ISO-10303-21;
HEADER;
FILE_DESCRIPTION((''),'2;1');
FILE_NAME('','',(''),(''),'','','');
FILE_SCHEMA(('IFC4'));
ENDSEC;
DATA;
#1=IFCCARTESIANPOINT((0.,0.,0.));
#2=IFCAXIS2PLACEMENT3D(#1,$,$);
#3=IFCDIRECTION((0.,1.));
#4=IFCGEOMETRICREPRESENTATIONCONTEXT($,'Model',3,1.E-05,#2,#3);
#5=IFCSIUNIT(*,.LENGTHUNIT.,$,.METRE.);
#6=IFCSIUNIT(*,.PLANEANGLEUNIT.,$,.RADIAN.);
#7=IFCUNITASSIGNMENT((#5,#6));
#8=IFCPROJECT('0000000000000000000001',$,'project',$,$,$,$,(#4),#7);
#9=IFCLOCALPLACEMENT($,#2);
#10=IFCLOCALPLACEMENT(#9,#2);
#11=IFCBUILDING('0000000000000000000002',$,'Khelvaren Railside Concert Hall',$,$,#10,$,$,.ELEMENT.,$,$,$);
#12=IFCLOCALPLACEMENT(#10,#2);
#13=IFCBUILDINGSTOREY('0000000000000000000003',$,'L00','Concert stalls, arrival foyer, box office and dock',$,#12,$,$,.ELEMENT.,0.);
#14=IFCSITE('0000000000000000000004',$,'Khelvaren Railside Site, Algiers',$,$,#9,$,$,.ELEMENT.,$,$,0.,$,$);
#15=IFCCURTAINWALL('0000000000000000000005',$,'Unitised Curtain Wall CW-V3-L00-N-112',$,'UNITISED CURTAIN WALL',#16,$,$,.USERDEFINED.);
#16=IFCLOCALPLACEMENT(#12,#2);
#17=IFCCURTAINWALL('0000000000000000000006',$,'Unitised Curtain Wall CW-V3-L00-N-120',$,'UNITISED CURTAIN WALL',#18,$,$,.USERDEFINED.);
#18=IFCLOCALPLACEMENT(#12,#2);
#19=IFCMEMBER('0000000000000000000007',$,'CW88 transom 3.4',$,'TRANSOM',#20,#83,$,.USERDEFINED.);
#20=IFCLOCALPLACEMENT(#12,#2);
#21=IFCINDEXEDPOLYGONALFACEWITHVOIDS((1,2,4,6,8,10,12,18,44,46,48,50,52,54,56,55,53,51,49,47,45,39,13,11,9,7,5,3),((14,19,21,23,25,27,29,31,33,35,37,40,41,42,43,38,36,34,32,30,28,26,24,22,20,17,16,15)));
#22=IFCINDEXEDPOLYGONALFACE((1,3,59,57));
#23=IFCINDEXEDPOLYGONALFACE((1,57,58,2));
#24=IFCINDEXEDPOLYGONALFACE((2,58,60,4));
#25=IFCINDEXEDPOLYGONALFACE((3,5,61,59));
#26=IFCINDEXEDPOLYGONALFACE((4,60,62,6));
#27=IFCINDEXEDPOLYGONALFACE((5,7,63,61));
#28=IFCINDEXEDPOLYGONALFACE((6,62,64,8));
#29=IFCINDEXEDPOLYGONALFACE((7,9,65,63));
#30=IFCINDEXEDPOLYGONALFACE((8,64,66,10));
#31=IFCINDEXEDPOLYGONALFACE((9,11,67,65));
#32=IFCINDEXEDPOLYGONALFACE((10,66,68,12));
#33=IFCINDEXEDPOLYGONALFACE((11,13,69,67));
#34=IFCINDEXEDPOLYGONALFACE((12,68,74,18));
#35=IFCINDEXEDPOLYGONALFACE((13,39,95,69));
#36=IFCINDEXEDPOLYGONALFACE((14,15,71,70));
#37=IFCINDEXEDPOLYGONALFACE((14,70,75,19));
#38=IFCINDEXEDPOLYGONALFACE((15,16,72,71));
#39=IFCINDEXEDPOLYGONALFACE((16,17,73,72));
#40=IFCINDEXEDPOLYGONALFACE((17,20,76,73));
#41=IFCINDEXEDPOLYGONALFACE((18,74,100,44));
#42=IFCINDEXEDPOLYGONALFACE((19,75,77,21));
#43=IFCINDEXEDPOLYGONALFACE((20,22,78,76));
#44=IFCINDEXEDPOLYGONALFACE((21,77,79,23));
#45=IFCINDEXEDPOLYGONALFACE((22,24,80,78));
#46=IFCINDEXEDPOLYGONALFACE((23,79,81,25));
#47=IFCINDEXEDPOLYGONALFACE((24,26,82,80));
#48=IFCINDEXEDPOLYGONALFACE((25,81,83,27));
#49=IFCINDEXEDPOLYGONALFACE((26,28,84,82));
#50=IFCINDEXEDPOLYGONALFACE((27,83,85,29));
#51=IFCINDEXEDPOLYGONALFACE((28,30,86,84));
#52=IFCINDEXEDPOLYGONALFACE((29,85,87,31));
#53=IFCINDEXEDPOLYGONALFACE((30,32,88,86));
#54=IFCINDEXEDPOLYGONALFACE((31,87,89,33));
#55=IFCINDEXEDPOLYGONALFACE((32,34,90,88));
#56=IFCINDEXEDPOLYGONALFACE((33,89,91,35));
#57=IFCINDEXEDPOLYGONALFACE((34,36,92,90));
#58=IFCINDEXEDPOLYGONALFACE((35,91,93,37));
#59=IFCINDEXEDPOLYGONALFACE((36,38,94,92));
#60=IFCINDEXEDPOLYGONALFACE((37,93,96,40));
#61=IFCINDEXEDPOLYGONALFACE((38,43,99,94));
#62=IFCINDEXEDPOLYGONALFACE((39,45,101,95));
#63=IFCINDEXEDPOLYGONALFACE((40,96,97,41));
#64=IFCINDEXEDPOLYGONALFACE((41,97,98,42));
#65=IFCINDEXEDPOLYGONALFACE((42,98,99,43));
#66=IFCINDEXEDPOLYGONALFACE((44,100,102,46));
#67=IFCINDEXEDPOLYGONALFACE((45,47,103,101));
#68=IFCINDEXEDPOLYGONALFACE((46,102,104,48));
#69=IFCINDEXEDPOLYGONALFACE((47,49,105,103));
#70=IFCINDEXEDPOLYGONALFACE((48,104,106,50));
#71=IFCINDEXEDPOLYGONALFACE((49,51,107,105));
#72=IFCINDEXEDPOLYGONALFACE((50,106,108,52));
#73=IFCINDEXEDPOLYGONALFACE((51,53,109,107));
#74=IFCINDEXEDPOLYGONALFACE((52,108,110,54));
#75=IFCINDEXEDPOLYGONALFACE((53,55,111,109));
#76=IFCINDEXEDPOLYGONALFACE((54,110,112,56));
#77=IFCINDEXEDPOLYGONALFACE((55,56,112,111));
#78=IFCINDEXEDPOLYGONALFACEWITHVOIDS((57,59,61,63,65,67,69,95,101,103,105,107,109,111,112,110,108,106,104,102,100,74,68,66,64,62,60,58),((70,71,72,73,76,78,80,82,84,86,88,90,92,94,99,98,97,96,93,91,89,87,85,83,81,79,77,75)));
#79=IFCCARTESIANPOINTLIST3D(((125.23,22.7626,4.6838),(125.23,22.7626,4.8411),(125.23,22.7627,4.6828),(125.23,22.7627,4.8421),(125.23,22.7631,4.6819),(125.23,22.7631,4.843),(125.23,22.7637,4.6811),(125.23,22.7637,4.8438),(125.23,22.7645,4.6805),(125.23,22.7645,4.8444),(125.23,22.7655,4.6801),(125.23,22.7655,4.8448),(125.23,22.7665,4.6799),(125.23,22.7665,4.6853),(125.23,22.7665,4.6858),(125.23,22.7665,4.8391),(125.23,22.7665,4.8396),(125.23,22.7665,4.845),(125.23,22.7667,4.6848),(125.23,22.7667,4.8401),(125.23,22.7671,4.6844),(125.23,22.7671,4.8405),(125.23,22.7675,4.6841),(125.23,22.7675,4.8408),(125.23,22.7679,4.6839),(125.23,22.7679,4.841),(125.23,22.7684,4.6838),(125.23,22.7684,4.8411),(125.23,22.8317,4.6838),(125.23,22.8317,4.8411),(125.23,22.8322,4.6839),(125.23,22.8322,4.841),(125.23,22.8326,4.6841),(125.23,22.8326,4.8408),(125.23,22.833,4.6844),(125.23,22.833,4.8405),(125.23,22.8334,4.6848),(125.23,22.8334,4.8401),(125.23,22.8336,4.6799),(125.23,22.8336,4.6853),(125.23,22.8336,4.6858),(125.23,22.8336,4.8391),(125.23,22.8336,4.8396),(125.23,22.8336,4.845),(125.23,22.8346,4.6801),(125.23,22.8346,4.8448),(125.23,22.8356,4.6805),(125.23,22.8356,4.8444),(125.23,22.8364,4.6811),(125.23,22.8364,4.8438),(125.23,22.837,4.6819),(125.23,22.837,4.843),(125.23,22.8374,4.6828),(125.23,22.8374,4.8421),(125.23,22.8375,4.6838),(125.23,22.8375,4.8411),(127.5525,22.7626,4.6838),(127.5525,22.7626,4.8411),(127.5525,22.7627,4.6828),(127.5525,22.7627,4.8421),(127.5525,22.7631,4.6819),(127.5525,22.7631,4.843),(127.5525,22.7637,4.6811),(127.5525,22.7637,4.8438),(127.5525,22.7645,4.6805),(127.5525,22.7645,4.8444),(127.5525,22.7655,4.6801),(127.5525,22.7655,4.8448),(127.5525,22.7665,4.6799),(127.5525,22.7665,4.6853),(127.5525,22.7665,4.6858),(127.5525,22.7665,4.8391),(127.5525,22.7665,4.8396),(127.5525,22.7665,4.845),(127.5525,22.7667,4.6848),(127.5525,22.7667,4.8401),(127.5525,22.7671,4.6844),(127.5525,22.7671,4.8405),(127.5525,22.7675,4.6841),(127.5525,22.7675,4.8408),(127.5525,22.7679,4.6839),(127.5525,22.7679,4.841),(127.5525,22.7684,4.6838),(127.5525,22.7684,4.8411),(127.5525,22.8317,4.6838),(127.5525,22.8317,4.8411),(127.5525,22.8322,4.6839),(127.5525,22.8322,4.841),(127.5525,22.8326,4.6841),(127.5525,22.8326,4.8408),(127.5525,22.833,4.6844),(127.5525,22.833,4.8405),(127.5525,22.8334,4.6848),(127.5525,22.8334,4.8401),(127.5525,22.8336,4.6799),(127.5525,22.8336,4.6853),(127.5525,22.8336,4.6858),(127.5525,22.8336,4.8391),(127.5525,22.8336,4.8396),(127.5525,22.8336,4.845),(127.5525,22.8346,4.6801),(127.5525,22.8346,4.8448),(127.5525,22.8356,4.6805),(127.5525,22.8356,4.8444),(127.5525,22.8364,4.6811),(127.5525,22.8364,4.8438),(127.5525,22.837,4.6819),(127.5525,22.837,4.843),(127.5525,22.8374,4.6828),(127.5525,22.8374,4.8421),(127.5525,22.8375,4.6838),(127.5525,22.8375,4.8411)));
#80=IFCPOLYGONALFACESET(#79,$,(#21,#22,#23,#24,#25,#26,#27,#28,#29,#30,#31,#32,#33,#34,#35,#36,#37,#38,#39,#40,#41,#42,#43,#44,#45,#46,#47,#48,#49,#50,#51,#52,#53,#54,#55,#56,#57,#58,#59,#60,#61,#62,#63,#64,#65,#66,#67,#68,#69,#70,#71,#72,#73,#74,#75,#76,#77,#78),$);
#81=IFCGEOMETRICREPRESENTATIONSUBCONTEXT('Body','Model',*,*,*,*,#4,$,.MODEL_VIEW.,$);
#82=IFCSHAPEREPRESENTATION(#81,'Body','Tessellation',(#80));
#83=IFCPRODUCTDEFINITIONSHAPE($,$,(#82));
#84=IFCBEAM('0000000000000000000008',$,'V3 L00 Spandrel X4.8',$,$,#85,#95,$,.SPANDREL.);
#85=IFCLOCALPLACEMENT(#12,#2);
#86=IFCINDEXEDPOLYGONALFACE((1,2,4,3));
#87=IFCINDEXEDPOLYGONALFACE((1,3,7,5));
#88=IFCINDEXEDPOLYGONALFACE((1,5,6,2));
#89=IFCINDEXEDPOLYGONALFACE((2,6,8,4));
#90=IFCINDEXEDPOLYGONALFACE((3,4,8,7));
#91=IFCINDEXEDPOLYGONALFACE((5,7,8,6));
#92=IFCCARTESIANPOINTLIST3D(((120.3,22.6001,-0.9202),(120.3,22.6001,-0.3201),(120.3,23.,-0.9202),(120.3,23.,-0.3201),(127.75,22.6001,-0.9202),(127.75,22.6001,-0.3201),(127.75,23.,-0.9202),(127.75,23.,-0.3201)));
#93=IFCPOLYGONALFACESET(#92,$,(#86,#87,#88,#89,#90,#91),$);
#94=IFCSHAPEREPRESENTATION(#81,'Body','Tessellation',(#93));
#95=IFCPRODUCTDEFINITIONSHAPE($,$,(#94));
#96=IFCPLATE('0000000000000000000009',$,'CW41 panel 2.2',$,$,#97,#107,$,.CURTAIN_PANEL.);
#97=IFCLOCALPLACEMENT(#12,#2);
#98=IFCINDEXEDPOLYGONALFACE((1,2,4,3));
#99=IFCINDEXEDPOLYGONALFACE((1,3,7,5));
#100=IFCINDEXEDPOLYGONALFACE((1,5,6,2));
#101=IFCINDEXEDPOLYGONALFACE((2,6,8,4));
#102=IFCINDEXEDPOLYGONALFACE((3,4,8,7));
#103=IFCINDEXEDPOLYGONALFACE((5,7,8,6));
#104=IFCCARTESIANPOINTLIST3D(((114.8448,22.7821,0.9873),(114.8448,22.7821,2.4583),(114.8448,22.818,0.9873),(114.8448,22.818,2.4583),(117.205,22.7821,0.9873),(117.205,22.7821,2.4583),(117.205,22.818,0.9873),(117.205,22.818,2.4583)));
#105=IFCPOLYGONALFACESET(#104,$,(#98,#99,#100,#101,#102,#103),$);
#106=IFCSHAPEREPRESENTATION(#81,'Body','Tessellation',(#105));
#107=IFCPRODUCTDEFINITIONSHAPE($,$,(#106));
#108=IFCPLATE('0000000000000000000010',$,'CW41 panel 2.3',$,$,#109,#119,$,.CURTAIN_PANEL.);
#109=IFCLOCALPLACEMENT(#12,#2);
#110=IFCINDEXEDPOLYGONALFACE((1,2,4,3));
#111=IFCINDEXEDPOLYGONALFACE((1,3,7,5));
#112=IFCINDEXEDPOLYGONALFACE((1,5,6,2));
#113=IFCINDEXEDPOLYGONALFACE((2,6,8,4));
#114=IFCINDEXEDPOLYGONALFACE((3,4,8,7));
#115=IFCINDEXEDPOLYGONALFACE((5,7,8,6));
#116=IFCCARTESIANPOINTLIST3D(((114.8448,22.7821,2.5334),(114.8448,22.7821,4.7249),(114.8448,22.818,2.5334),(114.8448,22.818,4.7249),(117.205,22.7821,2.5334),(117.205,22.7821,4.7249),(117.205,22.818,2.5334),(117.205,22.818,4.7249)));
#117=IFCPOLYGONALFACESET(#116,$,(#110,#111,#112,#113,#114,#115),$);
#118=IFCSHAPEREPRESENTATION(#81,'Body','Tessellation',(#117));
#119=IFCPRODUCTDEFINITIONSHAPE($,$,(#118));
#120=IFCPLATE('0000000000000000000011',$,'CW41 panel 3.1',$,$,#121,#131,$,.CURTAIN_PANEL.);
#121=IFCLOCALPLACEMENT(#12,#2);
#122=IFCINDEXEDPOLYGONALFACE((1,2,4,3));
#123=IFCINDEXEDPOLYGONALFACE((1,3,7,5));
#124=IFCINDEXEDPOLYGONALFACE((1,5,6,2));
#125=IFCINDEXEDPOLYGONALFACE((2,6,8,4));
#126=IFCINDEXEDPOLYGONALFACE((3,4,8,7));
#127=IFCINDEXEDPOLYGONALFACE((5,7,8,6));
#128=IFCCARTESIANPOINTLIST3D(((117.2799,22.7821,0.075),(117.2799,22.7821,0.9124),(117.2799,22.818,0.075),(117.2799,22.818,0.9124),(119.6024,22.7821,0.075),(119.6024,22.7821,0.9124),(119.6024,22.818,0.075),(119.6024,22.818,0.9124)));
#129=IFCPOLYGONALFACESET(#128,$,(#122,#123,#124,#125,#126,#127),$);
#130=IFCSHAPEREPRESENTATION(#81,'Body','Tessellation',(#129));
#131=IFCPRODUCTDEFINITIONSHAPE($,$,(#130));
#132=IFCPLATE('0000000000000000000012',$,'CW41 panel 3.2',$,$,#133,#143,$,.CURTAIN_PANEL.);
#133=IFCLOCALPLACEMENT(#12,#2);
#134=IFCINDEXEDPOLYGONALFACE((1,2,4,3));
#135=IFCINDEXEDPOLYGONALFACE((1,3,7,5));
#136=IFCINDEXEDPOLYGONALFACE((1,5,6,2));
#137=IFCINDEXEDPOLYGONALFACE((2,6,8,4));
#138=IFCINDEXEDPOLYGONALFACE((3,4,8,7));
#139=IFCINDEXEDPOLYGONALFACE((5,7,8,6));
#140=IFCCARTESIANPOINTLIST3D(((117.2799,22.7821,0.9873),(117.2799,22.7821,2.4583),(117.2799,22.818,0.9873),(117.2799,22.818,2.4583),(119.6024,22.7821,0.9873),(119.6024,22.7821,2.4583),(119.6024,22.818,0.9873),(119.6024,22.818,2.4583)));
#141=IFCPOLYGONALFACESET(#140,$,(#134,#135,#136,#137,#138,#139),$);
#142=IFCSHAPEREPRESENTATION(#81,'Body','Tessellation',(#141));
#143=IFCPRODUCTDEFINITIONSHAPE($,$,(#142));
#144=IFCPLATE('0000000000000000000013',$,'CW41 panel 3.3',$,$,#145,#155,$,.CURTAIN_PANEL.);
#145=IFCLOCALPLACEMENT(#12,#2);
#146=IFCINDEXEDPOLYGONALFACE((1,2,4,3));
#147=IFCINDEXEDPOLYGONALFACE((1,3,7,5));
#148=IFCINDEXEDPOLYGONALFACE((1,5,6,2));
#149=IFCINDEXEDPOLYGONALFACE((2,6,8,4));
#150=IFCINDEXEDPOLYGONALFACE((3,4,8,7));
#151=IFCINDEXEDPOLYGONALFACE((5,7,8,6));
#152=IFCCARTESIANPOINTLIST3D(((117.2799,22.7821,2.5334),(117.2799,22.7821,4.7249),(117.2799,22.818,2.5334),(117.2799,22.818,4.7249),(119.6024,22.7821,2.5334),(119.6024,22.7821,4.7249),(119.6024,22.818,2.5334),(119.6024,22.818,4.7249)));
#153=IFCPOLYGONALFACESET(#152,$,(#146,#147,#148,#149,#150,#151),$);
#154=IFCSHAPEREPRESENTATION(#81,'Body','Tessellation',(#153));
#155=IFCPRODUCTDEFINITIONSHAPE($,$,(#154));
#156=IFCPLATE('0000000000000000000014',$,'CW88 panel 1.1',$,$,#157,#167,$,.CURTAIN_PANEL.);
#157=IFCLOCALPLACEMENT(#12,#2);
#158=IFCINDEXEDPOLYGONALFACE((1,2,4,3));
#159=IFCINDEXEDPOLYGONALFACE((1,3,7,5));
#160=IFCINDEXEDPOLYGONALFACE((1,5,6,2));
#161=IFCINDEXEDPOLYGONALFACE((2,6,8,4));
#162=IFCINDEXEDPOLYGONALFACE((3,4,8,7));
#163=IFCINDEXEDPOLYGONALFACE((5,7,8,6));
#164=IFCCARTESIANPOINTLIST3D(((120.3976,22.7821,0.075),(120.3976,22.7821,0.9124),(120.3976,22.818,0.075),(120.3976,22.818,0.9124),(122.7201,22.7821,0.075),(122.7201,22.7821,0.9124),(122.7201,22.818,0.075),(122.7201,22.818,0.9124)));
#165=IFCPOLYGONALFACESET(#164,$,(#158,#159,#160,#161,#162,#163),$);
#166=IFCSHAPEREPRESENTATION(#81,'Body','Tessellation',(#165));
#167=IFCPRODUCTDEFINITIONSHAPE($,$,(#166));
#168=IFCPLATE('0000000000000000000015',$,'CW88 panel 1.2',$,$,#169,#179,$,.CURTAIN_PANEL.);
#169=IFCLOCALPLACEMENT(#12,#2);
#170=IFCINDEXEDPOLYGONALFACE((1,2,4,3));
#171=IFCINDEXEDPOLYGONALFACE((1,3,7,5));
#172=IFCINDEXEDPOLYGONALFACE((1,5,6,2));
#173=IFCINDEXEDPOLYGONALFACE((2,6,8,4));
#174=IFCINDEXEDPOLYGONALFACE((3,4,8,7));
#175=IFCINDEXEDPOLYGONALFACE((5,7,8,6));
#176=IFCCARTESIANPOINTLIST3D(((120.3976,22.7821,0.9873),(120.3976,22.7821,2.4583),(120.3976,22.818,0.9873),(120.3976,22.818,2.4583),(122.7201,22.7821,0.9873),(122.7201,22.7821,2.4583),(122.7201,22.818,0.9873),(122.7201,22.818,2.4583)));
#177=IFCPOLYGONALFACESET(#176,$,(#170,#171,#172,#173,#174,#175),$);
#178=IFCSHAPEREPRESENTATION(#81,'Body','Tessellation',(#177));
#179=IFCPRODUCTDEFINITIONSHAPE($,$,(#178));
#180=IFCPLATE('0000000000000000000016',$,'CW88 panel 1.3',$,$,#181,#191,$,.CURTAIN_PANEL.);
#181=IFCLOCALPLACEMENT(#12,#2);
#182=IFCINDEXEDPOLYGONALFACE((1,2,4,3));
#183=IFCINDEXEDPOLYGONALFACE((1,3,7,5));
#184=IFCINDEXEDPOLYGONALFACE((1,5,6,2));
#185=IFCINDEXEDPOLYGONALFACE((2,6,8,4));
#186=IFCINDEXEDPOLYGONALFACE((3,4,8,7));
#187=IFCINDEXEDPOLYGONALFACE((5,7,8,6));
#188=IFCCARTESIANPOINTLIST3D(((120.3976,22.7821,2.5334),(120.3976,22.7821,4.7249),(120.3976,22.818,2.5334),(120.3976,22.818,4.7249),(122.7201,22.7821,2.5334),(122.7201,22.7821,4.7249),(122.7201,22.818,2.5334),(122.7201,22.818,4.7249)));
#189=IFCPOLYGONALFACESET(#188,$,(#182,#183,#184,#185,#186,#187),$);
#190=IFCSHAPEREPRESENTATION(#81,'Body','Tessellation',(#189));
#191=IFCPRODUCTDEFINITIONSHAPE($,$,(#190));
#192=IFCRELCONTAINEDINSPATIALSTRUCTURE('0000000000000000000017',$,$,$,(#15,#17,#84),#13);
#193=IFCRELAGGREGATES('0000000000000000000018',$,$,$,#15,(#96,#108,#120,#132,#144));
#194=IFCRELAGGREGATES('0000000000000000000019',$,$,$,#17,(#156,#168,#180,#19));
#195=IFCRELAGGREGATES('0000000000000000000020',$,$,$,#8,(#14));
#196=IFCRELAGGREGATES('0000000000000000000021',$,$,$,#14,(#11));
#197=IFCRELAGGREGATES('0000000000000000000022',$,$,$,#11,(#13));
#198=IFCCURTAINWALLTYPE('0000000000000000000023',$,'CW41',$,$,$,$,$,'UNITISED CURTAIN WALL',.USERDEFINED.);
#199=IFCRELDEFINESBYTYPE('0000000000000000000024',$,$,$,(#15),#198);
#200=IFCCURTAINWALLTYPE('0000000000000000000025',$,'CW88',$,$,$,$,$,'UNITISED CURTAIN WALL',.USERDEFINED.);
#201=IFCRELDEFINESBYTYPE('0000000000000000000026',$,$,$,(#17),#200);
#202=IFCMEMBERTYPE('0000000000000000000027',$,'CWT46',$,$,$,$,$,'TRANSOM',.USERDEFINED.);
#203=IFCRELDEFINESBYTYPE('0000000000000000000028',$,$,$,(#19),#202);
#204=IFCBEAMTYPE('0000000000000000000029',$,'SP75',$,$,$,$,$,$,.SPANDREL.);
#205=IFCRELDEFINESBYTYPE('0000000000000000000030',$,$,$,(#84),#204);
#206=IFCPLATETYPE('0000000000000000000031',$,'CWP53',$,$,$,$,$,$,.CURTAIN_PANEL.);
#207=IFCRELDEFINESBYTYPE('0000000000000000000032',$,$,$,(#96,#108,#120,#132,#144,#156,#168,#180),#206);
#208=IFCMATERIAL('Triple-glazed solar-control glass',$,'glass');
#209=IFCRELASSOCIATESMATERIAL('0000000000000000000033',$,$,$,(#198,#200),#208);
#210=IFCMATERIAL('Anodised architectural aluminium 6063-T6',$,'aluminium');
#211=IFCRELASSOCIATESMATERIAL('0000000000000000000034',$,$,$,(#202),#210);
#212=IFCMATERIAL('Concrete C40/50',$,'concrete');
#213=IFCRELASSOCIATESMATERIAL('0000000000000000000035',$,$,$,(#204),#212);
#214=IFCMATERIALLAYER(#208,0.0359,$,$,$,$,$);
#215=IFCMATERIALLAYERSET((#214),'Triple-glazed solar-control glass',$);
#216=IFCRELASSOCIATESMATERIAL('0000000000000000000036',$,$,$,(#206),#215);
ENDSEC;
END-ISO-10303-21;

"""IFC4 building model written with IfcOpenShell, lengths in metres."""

from ifc_helpers import new_model, si_unit, direction, frame, origin, origin_2d, place, context, subcontext, project, spatial, rectangle, hollow_rectangle, extrude, material, layer, layer_set, material_profile, profile_set, type_object, element, aggregate, save


model = new_model("IFC4")

# Units and contexts
model_context = context("Model", 3, precision=1e-05, world=origin(), true_north=direction((0.0, 1.0)))
body_context = subcontext(model_context, "Body", "Model", "MODEL_VIEW")
ifc_project = project(units=[si_unit("LENGTHUNIT", "METRE"), si_unit("PLANEANGLEUNIT", "RADIAN")], contexts=[model_context])

# Site, building, storey
site_placement = place(None, origin())
site = spatial("IfcSite", under=ifc_project, at=site_placement, Name="Khelvaren Railside Site, Algiers", CompositionType="ELEMENT", RefElevation=0.0)
building_placement = place(site_placement, origin())
building = spatial("IfcBuilding", under=site, at=building_placement, Name="Khelvaren Railside Concert Hall", CompositionType="ELEMENT")
storey_placement = place(building_placement, origin())
storey = spatial("IfcBuildingStorey", under=building, at=storey_placement, Name="L00", Description="Concert stalls, arrival foyer, box office and dock", CompositionType="ELEMENT", Elevation=0.0)

# Curtain walls
ifc_material_1 = material(Name="Triple-glazed solar-control glass", Category="glass")
curtain_wall_type_1 = type_object("IfcCurtainWallType", Name="CW41", ElementType="UNITISED CURTAIN WALL", PredefinedType="USERDEFINED", material=ifc_material_1)
curtain_wall_1_placement = place(storey_placement, origin())
curtain_wall_1 = element("IfcCurtainWall", 1, at=curtain_wall_1_placement, inside=storey, type_object=curtain_wall_type_1, Name="Unitised Curtain Wall CW-V3-L00-N-112", ObjectType="UNITISED CURTAIN WALL", PredefinedType="USERDEFINED")
ifc_material_2 = material(Name="Anodised architectural aluminium 6063-T6", Category="aluminium")
curtain_wall_type_2 = type_object("IfcCurtainWallType", Name="CW88", ElementType="UNITISED CURTAIN WALL", PredefinedType="USERDEFINED", material=ifc_material_1)
curtain_wall_2_placement = place(storey_placement, origin())
curtain_wall_2 = element("IfcCurtainWall", 2, at=curtain_wall_2_placement, inside=storey, type_object=curtain_wall_type_2, Name="Unitised Curtain Wall CW-V3-L00-N-120", ObjectType="UNITISED CURTAIN WALL", PredefinedType="USERDEFINED")

# Member
ifc_material_profile_1 = material_profile(ifc_material_2, hollow_rectangle(XDim=0.075, YDim=0.165, WallThickness=0.0039, InnerFilletRadius=0.002, OuterFilletRadius=0.0039, at=origin_2d()), Name="CWT 75x165x4")
ifc_profile_set_1 = profile_set([ifc_material_profile_1], Name="Anodised architectural aluminium 6063-T6")
member_type_1 = type_object("IfcMemberType", Name="CWT46", ElementType="TRANSOM", PredefinedType="USERDEFINED", material=ifc_profile_set_1)
member_1_placement = place(storey_placement, frame((125.23, 22.8, 4.7625), z_axis=(1.0, 0.0, 0.0), x_axis=(0.0, 1.0, 0.0)))
member_1 = element("IfcMember", 3, at=member_1_placement, type_object=member_type_1, Name="CW88 transom 3.4", ObjectType="TRANSOM", PredefinedType="USERDEFINED", context=body_context, shape_type="SweptSolid", body=[
    extrude(hollow_rectangle(XDim=0.075, YDim=0.165, WallThickness=0.0039, InnerFilletRadius=0.002, OuterFilletRadius=0.0039, at=origin_2d()), origin(), (0.0, 0.0, 1.0), 2.3225),
])

# Beam
ifc_material_3 = material(Name="Concrete C40/50", Category="concrete")
ifc_material_profile_2 = material_profile(ifc_material_3, rectangle(XDim=0.3999, YDim=0.6001, at=origin_2d()), Name="RCB 400x600")
ifc_profile_set_2 = profile_set([ifc_material_profile_2], Name="Concrete C40/50")
beam_type = type_object("IfcBeamType", Name="SP75", PredefinedType="SPANDREL", material=ifc_profile_set_2)
beam_placement = place(storey_placement, frame((120.3, 22.8, -0.6201), z_axis=(1.0, 0.0, 0.0), x_axis=(0.0, 1.0, 0.0)))
element("IfcBeam", 4, at=beam_placement, inside=storey, type_object=beam_type, Name="V3 L00 Spandrel X4.8", PredefinedType="SPANDREL", context=body_context, shape_type="SweptSolid", body=[
    extrude(rectangle(XDim=0.3999, YDim=0.6001, at=origin_2d()), origin(), (0.0, 0.0, 1.0), 7.45),
])

# Plates
ifc_layer = layer(ifc_material_1, 0.0359)
ifc_layer_set = layer_set([ifc_layer], Name="Triple-glazed solar-control glass")
plate_type = type_object("IfcPlateType", Name="CWP53", PredefinedType="CURTAIN_PANEL", material=ifc_layer_set)
plate_1_placement = place(storey_placement, frame((116.0249, 22.8, 0.9873), z_axis=(0.0, 0.0, 1.0), x_axis=(1.0, 0.0, 0.0)))
plate_1 = element("IfcPlate", 5, at=plate_1_placement, type_object=plate_type, Name="CW41 panel 2.2", PredefinedType="CURTAIN_PANEL", context=body_context, shape_type="SweptSolid", body=[
    extrude(rectangle(XDim=2.3601, YDim=0.0359, at=origin_2d()), origin(), (0.0, 0.0, 1.0), 1.4709),
])
plate_2_placement = place(storey_placement, frame((116.0249, 22.8, 2.5334), z_axis=(0.0, 0.0, 1.0), x_axis=(1.0, 0.0, 0.0)))
plate_2 = element("IfcPlate", 6, at=plate_2_placement, type_object=plate_type, Name="CW41 panel 2.3", PredefinedType="CURTAIN_PANEL", context=body_context, shape_type="SweptSolid", body=[
    extrude(rectangle(XDim=2.3601, YDim=0.0359, at=origin_2d()), origin(), (0.0, 0.0, 1.0), 2.1914),
])
plate_3_placement = place(storey_placement, frame((118.4412, 22.8, 0.075), z_axis=(0.0, 0.0, 1.0), x_axis=(1.0, 0.0, 0.0)))
plate_3 = element("IfcPlate", 7, at=plate_3_placement, type_object=plate_type, Name="CW41 panel 3.1", PredefinedType="CURTAIN_PANEL", context=body_context, shape_type="SweptSolid", body=[
    extrude(rectangle(XDim=2.3225, YDim=0.0359, at=origin_2d()), origin(), (0.0, 0.0, 1.0), 0.8374),
])
plate_4_placement = place(storey_placement, frame((118.4412, 22.8, 0.9873), z_axis=(0.0, 0.0, 1.0), x_axis=(1.0, 0.0, 0.0)))
plate_4 = element("IfcPlate", 8, at=plate_4_placement, type_object=plate_type, Name="CW41 panel 3.2", PredefinedType="CURTAIN_PANEL", context=body_context, shape_type="SweptSolid", body=[
    extrude(rectangle(XDim=2.3225, YDim=0.0359, at=origin_2d()), origin(), (0.0, 0.0, 1.0), 1.4709),
])
plate_5_placement = place(storey_placement, frame((118.4412, 22.8, 2.5334), z_axis=(0.0, 0.0, 1.0), x_axis=(1.0, 0.0, 0.0)))
plate_5 = element("IfcPlate", 9, at=plate_5_placement, type_object=plate_type, Name="CW41 panel 3.3", PredefinedType="CURTAIN_PANEL", context=body_context, shape_type="SweptSolid", body=[
    extrude(rectangle(XDim=2.3225, YDim=0.0359, at=origin_2d()), origin(), (0.0, 0.0, 1.0), 2.1914),
])
aggregate(curtain_wall_1, [plate_1, plate_2, plate_3, plate_4, plate_5])
plate_6_placement = place(storey_placement, frame((121.5588, 22.8, 0.075), z_axis=(0.0, 0.0, 1.0), x_axis=(1.0, 0.0, 0.0)))
plate_6 = element("IfcPlate", 10, at=plate_6_placement, type_object=plate_type, Name="CW88 panel 1.1", PredefinedType="CURTAIN_PANEL", context=body_context, shape_type="SweptSolid", body=[
    extrude(rectangle(XDim=2.3225, YDim=0.0359, at=origin_2d()), origin(), (0.0, 0.0, 1.0), 0.8374),
])
plate_7_placement = place(storey_placement, frame((121.5588, 22.8, 0.9873), z_axis=(0.0, 0.0, 1.0), x_axis=(1.0, 0.0, 0.0)))
plate_7 = element("IfcPlate", 11, at=plate_7_placement, type_object=plate_type, Name="CW88 panel 1.2", PredefinedType="CURTAIN_PANEL", context=body_context, shape_type="SweptSolid", body=[
    extrude(rectangle(XDim=2.3225, YDim=0.0359, at=origin_2d()), origin(), (0.0, 0.0, 1.0), 1.4709),
])
plate_8_placement = place(storey_placement, frame((121.5588, 22.8, 2.5334), z_axis=(0.0, 0.0, 1.0), x_axis=(1.0, 0.0, 0.0)))
plate_8 = element("IfcPlate", 12, at=plate_8_placement, type_object=plate_type, Name="CW88 panel 1.3", PredefinedType="CURTAIN_PANEL", context=body_context, shape_type="SweptSolid", body=[
    extrude(rectangle(XDim=2.3225, YDim=0.0359, at=origin_2d()), origin(), (0.0, 0.0, 1.0), 2.1914),
])
aggregate(curtain_wall_2, [plate_6, plate_7, plate_8, member_1])

save(model, "model.ifc")
